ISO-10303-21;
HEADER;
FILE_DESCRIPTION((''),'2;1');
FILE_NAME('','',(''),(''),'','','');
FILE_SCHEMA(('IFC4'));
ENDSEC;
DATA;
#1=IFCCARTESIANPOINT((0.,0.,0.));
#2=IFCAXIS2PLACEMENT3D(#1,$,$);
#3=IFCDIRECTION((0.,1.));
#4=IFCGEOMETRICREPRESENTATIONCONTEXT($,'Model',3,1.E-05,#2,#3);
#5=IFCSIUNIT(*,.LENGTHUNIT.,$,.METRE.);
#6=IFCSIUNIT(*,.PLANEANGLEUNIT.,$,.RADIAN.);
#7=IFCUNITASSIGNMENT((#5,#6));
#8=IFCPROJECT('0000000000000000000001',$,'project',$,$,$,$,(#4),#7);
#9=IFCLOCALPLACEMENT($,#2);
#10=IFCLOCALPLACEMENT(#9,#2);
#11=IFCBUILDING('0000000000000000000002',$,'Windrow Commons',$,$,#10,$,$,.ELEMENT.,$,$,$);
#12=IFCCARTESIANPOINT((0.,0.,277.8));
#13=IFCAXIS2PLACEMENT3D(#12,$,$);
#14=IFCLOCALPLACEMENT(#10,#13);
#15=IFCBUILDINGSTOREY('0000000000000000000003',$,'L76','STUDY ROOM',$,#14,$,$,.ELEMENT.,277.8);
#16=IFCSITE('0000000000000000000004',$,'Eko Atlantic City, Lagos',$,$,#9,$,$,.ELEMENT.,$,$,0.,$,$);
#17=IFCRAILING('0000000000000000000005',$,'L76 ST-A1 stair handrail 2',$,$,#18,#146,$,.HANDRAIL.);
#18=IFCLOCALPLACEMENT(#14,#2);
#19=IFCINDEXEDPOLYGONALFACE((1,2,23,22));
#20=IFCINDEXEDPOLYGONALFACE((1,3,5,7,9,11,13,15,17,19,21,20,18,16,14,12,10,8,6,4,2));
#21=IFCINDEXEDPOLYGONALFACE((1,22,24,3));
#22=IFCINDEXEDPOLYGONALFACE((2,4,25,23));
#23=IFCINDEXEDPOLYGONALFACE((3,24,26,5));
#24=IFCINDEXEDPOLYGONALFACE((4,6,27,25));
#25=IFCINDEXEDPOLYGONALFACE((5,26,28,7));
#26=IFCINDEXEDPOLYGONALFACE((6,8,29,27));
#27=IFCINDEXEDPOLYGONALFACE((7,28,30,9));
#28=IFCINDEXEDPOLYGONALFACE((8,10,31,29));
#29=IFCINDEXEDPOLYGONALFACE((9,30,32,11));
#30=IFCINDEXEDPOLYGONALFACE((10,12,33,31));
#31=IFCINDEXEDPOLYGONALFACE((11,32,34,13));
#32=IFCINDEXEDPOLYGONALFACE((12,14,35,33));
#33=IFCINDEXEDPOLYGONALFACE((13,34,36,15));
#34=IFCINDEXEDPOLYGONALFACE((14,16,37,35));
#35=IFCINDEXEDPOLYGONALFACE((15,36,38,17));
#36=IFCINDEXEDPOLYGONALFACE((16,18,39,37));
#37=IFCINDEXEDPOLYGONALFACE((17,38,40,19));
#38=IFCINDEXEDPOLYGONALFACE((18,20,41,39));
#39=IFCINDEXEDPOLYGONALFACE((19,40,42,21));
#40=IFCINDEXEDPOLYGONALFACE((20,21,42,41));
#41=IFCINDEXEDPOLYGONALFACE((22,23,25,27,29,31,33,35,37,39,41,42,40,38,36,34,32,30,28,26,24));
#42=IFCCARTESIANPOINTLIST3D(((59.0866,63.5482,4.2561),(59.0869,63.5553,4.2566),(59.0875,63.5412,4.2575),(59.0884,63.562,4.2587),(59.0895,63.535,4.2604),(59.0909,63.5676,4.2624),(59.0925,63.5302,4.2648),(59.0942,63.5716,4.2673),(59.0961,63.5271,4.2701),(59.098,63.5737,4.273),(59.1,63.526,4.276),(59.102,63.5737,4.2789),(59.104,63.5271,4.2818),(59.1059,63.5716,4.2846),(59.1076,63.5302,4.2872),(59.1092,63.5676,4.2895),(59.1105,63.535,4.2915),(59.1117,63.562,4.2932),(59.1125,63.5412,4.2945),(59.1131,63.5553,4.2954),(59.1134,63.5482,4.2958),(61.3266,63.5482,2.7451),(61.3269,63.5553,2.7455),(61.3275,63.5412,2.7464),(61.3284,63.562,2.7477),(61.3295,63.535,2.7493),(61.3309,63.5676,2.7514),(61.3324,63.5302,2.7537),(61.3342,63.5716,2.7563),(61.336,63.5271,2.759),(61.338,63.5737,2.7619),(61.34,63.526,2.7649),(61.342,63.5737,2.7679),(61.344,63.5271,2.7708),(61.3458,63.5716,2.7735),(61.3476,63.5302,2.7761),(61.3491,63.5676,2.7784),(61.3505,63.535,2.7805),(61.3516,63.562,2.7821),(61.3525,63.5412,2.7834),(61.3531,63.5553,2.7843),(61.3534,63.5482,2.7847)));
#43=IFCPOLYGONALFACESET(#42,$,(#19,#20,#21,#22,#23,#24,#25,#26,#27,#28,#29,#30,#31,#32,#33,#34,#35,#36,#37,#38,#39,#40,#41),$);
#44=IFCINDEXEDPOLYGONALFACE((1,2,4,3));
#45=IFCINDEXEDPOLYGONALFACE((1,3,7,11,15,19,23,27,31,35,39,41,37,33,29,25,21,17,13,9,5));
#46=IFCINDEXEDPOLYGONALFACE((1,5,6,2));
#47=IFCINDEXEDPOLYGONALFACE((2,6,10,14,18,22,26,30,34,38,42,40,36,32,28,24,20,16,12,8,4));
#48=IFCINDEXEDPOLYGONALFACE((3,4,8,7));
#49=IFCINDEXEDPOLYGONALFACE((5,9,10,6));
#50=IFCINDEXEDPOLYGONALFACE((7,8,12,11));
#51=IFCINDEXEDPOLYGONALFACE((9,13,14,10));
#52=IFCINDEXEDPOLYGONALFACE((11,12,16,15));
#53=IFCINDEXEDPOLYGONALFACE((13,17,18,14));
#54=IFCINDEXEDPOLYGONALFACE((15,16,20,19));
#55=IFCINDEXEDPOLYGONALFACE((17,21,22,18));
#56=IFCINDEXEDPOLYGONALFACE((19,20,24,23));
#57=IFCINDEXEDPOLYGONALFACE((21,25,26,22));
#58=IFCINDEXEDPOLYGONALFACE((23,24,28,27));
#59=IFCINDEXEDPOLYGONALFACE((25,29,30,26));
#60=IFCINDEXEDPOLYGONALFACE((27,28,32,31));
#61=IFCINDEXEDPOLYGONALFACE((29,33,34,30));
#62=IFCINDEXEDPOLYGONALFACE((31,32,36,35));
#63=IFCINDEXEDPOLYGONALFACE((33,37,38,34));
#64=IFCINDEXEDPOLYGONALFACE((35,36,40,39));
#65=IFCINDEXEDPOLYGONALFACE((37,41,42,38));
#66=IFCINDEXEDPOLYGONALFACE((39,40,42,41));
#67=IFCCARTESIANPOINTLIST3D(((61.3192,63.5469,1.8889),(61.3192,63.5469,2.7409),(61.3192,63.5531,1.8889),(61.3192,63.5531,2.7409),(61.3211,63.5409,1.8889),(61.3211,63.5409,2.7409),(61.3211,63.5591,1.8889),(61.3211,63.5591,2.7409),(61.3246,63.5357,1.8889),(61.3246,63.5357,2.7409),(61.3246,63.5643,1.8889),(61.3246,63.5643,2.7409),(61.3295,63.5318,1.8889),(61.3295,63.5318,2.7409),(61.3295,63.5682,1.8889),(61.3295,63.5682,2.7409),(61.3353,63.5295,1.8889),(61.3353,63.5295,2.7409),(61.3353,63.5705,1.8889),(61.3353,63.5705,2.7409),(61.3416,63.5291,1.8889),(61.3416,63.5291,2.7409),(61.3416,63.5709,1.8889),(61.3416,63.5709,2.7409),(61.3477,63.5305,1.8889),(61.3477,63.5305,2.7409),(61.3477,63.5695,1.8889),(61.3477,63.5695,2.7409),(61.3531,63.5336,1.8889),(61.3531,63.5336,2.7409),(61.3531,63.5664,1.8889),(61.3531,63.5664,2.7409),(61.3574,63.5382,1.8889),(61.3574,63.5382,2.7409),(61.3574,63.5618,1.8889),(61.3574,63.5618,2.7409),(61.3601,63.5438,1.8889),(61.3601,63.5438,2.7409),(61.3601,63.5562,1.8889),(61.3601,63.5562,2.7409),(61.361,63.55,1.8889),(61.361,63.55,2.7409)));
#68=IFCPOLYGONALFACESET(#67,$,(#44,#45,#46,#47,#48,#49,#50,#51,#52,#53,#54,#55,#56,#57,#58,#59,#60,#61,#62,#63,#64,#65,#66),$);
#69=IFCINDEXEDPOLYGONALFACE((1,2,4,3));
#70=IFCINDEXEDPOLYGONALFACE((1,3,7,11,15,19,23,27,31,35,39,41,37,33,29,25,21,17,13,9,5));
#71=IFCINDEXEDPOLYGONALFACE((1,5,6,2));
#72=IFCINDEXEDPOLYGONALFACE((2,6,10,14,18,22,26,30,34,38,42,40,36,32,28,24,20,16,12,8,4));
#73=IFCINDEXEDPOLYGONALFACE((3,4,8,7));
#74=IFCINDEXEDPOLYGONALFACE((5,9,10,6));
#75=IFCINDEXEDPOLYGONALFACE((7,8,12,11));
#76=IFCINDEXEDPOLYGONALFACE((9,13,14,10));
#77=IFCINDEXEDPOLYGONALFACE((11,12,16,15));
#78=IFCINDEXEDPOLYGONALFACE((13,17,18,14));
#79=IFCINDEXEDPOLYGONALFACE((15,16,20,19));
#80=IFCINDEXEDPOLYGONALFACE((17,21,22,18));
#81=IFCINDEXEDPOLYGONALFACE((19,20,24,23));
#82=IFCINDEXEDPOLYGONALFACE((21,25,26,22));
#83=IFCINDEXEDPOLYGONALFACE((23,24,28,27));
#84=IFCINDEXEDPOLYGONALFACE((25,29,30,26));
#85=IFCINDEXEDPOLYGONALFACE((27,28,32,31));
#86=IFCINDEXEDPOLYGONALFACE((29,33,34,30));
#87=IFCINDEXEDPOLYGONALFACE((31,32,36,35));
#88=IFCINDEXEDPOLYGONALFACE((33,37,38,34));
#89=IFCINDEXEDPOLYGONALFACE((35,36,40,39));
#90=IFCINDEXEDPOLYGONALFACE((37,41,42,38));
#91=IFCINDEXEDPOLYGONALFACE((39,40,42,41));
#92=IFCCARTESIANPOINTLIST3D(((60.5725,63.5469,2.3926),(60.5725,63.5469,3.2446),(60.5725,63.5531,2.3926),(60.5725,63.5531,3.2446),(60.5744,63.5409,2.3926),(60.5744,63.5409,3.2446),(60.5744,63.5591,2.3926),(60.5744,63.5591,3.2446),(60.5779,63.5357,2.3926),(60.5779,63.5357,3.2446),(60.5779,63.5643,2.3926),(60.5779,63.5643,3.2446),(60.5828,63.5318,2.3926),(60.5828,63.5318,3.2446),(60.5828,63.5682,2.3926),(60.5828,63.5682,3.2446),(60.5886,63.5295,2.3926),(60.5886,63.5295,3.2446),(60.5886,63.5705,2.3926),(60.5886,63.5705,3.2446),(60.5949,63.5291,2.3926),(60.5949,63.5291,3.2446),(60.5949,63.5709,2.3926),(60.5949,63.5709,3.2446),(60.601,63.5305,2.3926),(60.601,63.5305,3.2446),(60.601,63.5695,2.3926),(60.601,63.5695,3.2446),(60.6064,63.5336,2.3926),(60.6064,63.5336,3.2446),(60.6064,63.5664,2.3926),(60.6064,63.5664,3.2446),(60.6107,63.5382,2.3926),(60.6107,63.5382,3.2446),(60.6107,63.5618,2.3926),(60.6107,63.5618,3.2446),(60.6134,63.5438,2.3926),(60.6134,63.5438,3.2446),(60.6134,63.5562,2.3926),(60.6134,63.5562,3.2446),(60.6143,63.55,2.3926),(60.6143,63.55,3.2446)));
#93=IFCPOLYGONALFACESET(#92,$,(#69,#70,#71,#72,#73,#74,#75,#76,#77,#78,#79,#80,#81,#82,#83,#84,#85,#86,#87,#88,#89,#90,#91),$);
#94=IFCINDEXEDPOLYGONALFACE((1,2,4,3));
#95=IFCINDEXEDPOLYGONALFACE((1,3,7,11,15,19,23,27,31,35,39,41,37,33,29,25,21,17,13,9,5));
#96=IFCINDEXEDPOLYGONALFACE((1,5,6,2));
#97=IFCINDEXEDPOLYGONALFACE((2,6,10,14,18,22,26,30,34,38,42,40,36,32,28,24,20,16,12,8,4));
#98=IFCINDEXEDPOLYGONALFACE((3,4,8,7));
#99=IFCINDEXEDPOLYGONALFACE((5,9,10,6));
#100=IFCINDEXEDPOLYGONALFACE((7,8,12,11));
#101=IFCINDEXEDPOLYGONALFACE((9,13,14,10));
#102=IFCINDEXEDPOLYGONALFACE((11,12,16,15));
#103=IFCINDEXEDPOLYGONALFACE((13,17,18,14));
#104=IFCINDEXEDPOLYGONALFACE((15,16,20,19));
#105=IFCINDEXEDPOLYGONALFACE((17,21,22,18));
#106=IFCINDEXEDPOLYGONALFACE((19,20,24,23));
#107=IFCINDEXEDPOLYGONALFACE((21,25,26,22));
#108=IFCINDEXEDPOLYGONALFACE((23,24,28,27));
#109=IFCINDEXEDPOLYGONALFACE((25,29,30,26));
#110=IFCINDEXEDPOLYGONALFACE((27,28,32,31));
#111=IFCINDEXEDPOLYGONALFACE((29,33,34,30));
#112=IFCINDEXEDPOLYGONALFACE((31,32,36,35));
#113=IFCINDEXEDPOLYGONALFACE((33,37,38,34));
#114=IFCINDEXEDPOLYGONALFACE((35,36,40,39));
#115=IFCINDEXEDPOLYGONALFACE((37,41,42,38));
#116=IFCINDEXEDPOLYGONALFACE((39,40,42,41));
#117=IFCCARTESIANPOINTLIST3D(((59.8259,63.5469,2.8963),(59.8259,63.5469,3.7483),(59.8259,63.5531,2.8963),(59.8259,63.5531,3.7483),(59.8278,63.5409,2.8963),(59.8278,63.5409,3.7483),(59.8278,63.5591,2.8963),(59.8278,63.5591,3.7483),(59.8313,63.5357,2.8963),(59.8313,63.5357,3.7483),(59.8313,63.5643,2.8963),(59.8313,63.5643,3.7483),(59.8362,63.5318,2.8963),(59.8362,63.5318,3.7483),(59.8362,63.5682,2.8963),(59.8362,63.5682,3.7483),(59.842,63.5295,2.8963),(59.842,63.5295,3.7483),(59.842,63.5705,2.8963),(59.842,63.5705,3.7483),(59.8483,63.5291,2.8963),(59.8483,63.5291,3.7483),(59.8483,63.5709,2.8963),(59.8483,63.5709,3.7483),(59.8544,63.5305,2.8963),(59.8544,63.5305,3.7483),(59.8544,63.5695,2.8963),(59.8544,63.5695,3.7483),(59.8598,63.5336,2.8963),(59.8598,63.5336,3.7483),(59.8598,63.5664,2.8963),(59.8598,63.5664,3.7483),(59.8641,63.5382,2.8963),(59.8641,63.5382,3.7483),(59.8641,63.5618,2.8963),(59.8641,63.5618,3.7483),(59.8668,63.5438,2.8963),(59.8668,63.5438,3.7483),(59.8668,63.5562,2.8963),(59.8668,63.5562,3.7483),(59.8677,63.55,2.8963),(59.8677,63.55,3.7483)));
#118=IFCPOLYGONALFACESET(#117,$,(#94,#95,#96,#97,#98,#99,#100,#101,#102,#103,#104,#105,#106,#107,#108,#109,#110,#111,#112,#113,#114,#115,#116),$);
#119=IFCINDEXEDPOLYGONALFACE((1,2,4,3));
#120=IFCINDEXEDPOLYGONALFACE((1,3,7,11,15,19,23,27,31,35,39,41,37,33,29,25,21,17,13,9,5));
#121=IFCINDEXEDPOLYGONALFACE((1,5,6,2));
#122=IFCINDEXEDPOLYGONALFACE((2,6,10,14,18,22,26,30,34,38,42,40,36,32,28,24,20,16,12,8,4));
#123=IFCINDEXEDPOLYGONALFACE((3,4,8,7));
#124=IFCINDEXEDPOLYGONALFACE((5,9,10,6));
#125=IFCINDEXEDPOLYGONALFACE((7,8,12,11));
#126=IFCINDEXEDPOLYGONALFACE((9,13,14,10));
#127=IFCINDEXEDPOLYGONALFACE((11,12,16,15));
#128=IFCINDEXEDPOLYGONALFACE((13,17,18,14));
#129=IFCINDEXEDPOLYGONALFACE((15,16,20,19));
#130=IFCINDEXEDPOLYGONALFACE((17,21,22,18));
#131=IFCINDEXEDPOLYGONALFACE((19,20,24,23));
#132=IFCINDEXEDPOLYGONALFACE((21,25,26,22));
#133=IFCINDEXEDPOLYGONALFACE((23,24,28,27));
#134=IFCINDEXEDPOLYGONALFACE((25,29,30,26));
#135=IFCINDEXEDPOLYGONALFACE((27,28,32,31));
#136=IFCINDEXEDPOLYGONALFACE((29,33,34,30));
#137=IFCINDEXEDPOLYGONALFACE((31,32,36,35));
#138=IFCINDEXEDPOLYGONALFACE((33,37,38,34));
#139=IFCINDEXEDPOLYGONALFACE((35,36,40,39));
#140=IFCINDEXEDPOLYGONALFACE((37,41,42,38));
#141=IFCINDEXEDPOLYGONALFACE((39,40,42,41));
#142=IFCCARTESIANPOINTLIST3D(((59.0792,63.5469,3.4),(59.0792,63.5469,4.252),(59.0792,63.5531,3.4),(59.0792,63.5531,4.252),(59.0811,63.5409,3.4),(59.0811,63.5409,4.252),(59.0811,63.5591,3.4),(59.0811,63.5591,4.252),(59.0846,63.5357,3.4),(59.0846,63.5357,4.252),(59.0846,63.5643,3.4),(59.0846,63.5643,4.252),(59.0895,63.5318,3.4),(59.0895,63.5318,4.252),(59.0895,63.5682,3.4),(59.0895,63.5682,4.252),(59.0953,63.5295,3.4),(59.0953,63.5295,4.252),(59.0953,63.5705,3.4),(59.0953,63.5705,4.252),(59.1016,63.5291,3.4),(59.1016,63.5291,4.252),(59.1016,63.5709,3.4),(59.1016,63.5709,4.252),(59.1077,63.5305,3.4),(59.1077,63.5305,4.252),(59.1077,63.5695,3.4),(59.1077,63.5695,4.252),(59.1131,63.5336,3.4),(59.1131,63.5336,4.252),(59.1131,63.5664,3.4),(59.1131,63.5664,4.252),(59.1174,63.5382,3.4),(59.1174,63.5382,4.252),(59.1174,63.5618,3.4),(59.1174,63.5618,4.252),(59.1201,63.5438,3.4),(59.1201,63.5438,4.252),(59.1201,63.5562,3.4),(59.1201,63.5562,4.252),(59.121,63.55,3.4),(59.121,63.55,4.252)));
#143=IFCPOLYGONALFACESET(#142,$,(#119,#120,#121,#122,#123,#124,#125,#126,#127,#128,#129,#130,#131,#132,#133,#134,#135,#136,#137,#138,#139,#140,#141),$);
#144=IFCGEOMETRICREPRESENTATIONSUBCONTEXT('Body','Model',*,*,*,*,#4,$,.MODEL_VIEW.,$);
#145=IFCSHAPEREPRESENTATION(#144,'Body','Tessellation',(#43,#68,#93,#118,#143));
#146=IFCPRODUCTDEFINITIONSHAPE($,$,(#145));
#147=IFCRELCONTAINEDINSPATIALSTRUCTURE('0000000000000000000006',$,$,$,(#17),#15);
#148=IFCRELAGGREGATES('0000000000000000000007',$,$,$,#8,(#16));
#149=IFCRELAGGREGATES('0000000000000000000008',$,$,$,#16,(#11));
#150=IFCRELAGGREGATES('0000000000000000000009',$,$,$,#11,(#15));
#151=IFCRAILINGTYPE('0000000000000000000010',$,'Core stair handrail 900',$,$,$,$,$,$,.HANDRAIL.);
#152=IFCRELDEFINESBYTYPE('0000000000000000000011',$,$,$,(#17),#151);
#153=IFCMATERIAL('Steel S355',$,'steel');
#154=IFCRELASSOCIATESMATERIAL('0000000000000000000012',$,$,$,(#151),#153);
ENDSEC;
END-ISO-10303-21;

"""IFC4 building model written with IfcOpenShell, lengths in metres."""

from ifc_helpers import new_model, si_unit, direction, frame, origin, origin_2d, place, context, subcontext, project, spatial, circle, extrude, material, type_object, element, save


model = new_model("IFC4")

# Units and contexts
model_context = context("Model", 3, precision=1e-05, world=origin(), true_north=direction((0.0, 1.0)))
body_context = subcontext(model_context, "Body", "Model", "MODEL_VIEW")
ifc_project = project(units=[si_unit("LENGTHUNIT", "METRE"), si_unit("PLANEANGLEUNIT", "RADIAN")], contexts=[model_context])

# Site, building, storey
site_placement = place(None, origin())
site = spatial("IfcSite", under=ifc_project, at=site_placement, Name="Eko Atlantic City, Lagos", CompositionType="ELEMENT", RefElevation=0.0)
building_placement = place(site_placement, origin())
building = spatial("IfcBuilding", under=site, at=building_placement, Name="Windrow Commons", CompositionType="ELEMENT")
storey_placement = place(building_placement, frame((0.0, 0.0, 277.8)))
storey = spatial("IfcBuildingStorey", under=building, at=storey_placement, Name="L76", Description="STUDY ROOM", CompositionType="ELEMENT", Elevation=277.8)

# Railing
ifc_material_1 = material(Name="Steel S355", Category="steel")
railing_type_1 = type_object("IfcRailingType", Name="Core stair handrail 900", PredefinedType="HANDRAIL", material=ifc_material_1)
for number, where, name in (
    (1, (61.34, 63.55, 1.8889), "L76 ST-A1 stair handrail 2"),
):
    element("IfcRailing", number, at=place(storey_placement, frame(where)), inside=storey, type_object=railing_type_1, Name=name, PredefinedType="HANDRAIL", context=body_context, shape_type="SweptSolid", body=[
        extrude(circle(Radius=0.024, at=origin_2d()), frame((0.0, 0.0, 0.876), z_axis=(-0.829003, 0.0, 0.559244), x_axis=(0.0, -1.0, 0.0)), (0.0, 0.0, 1.0), 2.702),
        extrude(circle(Radius=0.021, at=origin_2d()), origin(), (0.0, 0.0, 1.0), 0.852),
        extrude(circle(Radius=0.021, at=origin_2d()), frame((-0.7467, 0.0, 0.5037)), (0.0, 0.0, 1.0), 0.852),
        extrude(circle(Radius=0.021, at=origin_2d()), frame((-1.4933, 0.0, 1.0074)), (0.0, 0.0, 1.0), 0.852),
        extrude(circle(Radius=0.021, at=origin_2d()), frame((-2.24, 0.0, 1.5111)), (0.0, 0.0, 1.0), 0.852),
    ])

save(model, "model.ifc")
